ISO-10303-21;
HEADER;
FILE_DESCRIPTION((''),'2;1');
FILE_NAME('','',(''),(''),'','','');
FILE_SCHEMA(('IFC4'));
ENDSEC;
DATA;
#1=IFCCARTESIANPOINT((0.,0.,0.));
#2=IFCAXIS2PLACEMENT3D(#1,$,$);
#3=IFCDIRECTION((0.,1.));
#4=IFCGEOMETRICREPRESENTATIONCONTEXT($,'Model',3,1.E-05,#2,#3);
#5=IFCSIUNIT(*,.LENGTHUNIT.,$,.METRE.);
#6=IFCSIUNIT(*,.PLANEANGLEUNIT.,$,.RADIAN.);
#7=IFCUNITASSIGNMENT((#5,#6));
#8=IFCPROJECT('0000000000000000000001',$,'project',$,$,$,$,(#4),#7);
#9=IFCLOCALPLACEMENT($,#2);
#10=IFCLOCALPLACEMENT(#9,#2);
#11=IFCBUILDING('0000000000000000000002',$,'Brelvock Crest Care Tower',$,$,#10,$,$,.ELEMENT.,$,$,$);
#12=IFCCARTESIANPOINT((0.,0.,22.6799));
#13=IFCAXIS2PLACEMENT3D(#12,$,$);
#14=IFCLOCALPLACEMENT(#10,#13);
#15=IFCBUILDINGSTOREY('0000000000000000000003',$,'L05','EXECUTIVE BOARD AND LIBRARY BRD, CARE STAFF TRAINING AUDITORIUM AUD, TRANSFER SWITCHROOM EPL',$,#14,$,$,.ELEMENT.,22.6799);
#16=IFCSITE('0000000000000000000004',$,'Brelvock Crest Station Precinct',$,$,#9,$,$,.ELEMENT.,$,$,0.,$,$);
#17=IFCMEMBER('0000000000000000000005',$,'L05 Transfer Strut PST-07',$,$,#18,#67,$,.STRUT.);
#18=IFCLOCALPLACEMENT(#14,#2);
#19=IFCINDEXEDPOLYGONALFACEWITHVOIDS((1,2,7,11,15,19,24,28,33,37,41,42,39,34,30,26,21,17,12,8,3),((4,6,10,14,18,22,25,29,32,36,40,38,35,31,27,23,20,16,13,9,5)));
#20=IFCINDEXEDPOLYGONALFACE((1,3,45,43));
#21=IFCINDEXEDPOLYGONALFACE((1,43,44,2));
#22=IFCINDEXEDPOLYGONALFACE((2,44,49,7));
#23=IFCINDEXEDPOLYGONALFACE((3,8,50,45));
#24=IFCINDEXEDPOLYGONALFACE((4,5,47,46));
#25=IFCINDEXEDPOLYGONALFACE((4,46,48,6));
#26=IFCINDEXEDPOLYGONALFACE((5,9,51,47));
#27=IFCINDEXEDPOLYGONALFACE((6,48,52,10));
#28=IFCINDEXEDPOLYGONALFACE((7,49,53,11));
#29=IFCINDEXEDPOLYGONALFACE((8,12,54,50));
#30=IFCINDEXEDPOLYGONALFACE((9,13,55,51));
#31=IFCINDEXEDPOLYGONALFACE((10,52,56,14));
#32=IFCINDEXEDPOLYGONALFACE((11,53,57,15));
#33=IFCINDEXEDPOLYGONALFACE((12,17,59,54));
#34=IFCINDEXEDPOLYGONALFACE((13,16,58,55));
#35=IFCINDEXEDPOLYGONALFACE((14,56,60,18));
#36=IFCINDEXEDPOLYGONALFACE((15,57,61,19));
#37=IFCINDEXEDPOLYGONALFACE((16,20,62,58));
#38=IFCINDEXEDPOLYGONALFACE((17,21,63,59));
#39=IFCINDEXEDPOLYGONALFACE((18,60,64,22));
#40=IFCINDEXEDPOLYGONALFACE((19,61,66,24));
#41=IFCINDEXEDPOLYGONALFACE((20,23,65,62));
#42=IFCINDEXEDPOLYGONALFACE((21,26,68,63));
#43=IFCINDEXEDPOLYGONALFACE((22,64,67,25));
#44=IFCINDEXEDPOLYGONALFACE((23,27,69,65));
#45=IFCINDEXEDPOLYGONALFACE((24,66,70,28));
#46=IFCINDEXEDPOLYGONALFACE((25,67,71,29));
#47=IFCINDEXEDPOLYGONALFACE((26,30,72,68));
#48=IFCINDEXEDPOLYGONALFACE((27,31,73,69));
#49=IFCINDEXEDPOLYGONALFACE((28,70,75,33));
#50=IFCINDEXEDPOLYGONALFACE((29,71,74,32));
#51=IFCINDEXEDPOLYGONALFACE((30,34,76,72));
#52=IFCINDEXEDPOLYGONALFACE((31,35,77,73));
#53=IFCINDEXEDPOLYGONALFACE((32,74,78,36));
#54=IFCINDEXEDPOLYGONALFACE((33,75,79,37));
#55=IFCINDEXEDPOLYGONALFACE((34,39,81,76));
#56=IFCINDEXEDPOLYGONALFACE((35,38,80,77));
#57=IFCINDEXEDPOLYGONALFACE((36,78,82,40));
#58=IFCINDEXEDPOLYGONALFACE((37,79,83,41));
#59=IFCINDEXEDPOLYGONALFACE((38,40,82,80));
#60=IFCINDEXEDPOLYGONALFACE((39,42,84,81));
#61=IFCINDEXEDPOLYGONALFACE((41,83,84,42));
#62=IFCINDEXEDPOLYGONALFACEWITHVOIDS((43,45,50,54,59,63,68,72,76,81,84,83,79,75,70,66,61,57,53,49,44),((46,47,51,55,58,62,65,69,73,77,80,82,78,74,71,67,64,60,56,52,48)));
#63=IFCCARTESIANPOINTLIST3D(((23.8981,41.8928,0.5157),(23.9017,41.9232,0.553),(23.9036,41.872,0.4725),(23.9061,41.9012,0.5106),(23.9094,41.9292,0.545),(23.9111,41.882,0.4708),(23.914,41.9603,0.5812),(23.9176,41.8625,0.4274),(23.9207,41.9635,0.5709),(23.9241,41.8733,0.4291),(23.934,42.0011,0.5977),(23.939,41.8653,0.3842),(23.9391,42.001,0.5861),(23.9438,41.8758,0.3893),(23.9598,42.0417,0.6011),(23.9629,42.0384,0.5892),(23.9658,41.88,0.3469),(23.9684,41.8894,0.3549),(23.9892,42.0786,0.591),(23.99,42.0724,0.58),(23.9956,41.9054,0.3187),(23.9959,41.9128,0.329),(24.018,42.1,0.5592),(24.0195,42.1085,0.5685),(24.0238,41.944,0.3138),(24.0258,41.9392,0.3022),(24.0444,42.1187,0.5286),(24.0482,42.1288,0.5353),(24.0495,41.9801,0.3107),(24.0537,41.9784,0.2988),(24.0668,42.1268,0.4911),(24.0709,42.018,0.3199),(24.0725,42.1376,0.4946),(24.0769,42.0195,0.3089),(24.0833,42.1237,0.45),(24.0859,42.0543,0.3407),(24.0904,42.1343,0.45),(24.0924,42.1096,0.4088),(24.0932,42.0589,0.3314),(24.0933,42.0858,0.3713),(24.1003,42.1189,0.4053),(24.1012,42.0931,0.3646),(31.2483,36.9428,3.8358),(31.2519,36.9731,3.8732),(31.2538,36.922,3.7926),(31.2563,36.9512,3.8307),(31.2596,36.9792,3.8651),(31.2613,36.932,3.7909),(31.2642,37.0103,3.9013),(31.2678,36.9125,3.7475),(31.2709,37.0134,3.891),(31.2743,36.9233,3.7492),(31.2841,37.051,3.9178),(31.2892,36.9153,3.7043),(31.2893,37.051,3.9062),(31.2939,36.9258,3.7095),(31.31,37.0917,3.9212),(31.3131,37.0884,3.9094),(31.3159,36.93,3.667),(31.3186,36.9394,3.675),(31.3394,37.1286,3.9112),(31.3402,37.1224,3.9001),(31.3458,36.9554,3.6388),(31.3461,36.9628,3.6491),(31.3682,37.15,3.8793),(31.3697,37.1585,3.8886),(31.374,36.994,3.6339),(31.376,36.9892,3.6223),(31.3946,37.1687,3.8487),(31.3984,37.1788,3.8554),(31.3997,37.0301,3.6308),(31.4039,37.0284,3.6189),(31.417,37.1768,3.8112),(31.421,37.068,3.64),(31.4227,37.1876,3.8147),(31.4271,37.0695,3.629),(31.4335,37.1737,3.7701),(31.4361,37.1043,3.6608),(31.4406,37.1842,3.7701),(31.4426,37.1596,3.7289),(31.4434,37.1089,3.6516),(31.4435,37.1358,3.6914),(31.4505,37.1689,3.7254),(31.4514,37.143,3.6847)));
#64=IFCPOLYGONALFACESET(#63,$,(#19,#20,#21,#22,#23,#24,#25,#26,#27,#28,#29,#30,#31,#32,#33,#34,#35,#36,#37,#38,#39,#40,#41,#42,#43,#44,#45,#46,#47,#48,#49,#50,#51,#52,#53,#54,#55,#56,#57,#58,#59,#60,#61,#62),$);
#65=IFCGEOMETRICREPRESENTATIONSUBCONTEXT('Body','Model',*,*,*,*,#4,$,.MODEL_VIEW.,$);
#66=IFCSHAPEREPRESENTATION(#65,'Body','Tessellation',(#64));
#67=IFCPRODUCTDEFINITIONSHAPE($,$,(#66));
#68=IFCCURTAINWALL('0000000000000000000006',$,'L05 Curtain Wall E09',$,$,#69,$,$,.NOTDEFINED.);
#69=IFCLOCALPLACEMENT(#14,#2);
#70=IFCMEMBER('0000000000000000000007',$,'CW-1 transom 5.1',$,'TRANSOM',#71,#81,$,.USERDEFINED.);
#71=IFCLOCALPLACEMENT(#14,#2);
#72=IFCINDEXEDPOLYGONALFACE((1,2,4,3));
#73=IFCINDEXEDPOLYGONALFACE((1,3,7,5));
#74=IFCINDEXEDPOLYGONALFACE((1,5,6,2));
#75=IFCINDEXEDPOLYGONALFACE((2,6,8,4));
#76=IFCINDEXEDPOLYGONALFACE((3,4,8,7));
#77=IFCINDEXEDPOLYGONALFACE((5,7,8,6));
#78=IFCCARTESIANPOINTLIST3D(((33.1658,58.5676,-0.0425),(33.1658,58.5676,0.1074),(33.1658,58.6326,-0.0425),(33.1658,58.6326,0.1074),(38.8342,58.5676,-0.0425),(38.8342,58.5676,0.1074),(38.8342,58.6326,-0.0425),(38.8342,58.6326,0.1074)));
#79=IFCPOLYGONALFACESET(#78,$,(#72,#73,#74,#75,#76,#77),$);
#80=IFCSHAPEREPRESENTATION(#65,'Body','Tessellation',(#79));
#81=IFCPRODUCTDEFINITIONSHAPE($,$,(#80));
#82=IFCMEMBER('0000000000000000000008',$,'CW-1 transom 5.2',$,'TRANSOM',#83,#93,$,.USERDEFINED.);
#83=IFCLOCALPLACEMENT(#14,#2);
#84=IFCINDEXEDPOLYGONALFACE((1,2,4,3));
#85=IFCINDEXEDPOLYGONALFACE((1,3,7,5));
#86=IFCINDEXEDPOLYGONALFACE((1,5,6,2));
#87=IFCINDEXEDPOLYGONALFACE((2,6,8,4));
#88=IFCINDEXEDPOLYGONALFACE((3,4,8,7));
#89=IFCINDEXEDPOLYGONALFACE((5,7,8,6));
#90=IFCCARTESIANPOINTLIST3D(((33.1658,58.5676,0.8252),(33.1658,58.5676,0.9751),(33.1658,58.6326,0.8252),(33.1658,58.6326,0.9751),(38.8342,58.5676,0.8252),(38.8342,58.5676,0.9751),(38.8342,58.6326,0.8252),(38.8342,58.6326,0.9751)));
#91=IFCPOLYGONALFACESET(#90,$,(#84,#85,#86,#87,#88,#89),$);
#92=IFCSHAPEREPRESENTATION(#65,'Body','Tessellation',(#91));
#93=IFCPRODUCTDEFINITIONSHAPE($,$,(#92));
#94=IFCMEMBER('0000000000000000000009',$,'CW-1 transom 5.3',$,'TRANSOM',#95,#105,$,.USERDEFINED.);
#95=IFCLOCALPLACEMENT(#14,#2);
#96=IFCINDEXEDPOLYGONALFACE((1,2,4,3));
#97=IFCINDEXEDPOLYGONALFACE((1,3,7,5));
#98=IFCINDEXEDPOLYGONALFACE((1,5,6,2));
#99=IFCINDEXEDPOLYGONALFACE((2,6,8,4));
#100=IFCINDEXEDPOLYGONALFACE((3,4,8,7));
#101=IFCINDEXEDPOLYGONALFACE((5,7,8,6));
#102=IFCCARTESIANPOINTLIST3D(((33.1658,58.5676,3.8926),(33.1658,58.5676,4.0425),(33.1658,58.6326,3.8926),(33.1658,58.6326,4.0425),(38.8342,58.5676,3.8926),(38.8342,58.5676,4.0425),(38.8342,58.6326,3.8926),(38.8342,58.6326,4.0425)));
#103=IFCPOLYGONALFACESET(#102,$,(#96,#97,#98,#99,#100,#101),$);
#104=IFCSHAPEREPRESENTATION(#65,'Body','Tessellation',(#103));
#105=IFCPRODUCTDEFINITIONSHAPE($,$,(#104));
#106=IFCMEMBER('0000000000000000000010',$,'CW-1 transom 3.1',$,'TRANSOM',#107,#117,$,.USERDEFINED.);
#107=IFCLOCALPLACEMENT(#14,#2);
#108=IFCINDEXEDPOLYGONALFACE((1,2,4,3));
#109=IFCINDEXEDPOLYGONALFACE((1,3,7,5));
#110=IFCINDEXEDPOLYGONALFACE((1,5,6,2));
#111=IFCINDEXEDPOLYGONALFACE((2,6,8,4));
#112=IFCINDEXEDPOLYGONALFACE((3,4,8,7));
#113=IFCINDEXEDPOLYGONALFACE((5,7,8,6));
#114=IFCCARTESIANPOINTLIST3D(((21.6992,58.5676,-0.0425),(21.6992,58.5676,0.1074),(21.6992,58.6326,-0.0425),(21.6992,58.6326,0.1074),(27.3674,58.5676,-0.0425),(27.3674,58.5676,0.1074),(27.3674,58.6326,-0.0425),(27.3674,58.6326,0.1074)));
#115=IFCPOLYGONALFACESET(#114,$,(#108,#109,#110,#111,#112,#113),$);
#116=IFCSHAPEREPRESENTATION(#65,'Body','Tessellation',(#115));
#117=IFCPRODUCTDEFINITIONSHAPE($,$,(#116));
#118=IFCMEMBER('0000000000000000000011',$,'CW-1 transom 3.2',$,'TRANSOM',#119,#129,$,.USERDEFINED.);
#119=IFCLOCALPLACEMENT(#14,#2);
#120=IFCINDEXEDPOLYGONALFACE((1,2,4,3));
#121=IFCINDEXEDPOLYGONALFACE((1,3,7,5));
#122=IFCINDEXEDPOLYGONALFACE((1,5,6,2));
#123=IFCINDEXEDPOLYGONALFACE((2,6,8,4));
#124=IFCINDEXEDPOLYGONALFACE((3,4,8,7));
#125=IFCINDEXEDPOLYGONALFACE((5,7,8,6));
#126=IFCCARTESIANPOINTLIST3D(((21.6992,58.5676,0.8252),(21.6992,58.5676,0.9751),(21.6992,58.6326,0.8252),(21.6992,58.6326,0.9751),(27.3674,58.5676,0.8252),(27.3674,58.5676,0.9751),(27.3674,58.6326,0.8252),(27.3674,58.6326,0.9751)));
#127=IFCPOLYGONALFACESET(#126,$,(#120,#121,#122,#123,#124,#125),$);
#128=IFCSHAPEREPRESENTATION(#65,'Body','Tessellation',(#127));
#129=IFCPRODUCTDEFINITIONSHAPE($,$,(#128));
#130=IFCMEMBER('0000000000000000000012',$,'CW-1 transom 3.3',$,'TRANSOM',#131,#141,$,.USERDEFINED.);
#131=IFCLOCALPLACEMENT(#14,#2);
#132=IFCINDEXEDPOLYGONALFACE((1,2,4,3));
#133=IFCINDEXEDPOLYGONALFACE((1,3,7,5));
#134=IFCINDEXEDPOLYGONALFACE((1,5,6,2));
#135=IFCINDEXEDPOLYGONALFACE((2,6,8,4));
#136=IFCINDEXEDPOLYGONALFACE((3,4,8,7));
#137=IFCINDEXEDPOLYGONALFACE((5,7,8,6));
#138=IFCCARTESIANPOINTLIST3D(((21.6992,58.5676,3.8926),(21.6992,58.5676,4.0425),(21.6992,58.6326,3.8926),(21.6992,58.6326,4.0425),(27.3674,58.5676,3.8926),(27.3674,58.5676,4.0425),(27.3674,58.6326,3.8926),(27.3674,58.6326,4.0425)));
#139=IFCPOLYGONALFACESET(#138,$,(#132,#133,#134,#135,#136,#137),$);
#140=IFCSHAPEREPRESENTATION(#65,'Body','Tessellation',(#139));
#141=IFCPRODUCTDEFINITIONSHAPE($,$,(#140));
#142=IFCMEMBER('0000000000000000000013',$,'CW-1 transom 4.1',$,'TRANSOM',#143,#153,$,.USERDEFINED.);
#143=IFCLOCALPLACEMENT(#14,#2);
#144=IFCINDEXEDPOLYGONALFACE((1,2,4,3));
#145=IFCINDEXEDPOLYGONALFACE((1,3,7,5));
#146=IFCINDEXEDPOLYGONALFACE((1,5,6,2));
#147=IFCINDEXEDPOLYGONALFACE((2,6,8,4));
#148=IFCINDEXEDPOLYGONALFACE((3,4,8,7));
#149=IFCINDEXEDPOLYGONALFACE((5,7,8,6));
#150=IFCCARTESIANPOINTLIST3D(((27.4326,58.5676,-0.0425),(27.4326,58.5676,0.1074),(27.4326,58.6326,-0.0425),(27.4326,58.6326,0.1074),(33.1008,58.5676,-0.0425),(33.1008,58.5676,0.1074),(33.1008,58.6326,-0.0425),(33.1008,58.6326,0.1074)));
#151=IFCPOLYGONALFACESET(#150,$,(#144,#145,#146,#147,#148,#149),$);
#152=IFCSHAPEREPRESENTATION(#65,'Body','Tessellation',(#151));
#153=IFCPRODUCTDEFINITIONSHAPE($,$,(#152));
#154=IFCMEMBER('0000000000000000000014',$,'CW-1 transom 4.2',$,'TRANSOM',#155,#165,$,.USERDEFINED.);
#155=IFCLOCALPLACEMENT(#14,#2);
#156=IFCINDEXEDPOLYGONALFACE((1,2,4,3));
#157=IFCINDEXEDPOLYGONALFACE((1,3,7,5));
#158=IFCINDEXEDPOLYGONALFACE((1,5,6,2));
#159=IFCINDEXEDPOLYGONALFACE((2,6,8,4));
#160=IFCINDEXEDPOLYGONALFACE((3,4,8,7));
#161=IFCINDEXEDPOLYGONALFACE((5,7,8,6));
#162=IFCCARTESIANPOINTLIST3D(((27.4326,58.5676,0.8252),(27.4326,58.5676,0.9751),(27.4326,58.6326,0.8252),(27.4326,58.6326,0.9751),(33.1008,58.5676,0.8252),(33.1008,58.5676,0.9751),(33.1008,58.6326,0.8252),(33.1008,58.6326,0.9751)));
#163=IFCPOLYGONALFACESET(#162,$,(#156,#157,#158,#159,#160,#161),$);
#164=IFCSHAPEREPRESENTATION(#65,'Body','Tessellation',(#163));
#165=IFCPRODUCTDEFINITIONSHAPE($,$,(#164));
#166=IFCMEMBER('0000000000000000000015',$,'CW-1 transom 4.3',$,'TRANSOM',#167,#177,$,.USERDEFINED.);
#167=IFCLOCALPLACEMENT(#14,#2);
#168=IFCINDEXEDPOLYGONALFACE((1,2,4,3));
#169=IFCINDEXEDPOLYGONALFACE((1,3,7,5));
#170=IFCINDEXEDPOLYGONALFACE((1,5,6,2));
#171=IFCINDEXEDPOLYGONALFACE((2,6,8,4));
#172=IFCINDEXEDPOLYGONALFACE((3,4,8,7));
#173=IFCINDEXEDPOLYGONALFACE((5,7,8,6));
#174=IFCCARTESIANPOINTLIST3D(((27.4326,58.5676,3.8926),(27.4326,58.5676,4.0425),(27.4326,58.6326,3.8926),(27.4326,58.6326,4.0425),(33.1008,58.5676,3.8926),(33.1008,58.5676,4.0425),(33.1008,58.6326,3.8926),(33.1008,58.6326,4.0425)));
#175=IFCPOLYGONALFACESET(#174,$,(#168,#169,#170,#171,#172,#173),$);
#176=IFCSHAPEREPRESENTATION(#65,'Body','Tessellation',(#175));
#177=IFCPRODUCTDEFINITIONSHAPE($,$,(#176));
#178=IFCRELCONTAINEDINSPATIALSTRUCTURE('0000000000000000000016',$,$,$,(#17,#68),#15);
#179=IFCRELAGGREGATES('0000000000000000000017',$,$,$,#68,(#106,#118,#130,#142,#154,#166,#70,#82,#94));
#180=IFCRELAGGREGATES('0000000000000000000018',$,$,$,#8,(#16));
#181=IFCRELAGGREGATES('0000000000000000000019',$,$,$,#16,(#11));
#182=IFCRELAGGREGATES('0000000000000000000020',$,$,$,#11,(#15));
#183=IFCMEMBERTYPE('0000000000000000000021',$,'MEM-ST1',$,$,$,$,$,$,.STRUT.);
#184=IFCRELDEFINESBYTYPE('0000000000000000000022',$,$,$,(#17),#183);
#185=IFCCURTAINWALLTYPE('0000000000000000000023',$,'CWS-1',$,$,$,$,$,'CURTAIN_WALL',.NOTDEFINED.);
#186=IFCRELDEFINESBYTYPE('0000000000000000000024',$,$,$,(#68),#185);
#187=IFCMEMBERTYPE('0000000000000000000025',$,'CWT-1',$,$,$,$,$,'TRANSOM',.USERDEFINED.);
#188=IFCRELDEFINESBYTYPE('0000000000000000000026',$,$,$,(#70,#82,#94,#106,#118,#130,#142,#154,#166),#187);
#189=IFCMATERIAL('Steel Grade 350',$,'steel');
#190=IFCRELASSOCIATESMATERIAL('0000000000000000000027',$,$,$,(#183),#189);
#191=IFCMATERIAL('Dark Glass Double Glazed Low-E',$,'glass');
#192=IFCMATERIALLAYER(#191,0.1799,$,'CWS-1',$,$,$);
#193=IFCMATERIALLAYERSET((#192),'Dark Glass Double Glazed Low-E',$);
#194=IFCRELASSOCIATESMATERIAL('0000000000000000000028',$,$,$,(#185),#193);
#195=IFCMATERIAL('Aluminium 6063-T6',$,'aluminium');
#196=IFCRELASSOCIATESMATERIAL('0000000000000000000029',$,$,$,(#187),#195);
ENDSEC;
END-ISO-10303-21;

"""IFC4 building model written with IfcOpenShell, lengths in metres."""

from ifc_helpers import new_model, si_unit, direction, frame, origin, origin_2d, place, context, subcontext, project, spatial, rectangle, hollow_circle, extrude, source, transform, mapped, material, layer, layer_set, material_profile, profile_set, type_object, element, aggregate, save


model = new_model("IFC4")

# Units and contexts
model_context = context("Model", 3, precision=1e-05, world=origin(), true_north=direction((0.0, 1.0)))
body_context = subcontext(model_context, "Body", "Model", "MODEL_VIEW")
ifc_project = project(units=[si_unit("LENGTHUNIT", "METRE"), si_unit("PLANEANGLEUNIT", "RADIAN")], contexts=[model_context])

# Site, building, storey
site_placement = place(None, origin())
site = spatial("IfcSite", under=ifc_project, at=site_placement, Name="Brelvock Crest Station Precinct", CompositionType="ELEMENT", RefElevation=0.0)
building_placement = place(site_placement, origin())
building = spatial("IfcBuilding", under=site, at=building_placement, Name="Brelvock Crest Care Tower", CompositionType="ELEMENT")
storey_placement = place(building_placement, frame((0.0, 0.0, 22.6799)))
storey = spatial("IfcBuildingStorey", under=building, at=storey_placement, Name="L05", Description="EXECUTIVE BOARD AND LIBRARY BRD, CARE STAFF TRAINING AUDITORIUM AUD, TRANSFER SWITCHROOM EPL", CompositionType="ELEMENT", Elevation=22.6799)

# Shared definitions
ifc_material_1 = material(Name="Steel Grade 350", Category="steel")

# Member
ifc_material_profile_1 = material_profile(ifc_material_1, hollow_circle(Radius=0.1619, WallThickness=0.0127, at=origin_2d()), Name="CHS323.9x12.7")
ifc_profile_set_1 = profile_set([ifc_material_profile_1], Name="Steel Grade 350")
member_type_1 = type_object("IfcMemberType", Name="MEM-ST1", PredefinedType="STRUT", material=ifc_profile_set_1)
shared_shape_1 = source(origin(), body_context, "Body", "SweptSolid", [
    extrude(hollow_circle(Radius=0.1619, WallThickness=0.0127, at=origin_2d()), origin(), (0.0, 0.0, 1.0), 9.4631),
])
member_1_placement = place(storey_placement, frame((24.0, 42.0, 0.45), z_axis=(0.776718, -0.523083, 0.350846), x_axis=(0.558591, 0.829443, 0.0)))
element("IfcMember", 1, at=member_1_placement, inside=storey, type_object=member_type_1, Name="L05 Transfer Strut PST-07", PredefinedType="STRUT", context=body_context, shape_type="MappedRepresentation", body=[
    mapped(shared_shape_1, transform((0.0, 0.0, 0.0), x_axis=(1.0, 0.0, 0.0), y_axis=(0.0, 1.0, 0.0), z_axis=(0.0, 0.0, 1.0), scale=1.0)),
])

# Curtain wall, members
ifc_material_2 = material(Name="Dark Glass Double Glazed Low-E", Category="glass")
ifc_layer_1 = layer(ifc_material_2, 0.1799, Name="CWS-1")
ifc_layer_set_1 = layer_set([ifc_layer_1], Name="Dark Glass Double Glazed Low-E")
curtain_wall_type = type_object("IfcCurtainWallType", Name="CWS-1", ElementType="CURTAIN_WALL", PredefinedType="NOTDEFINED", material=ifc_layer_set_1)
curtain_wall_placement = place(storey_placement, origin())
curtain_wall = element("IfcCurtainWall", 2, at=curtain_wall_placement, inside=storey, type_object=curtain_wall_type, Name="L05 Curtain Wall E09", PredefinedType="NOTDEFINED")
ifc_material_3 = material(Name="Aluminium 6063-T6", Category="aluminium")
ifc_material_profile_2 = material_profile(ifc_material_3, rectangle(XDim=0.0649, YDim=0.1499, at=origin_2d()), Name="ALU65x150")
ifc_profile_set_2 = profile_set([ifc_material_profile_2], Name="Aluminium 6063-T6")
member_type_2 = type_object("IfcMemberType", Name="CWT-1", ElementType="TRANSOM", PredefinedType="USERDEFINED", material=ifc_profile_set_2)
shared_shape_2 = source(origin(), body_context, "Body", "SweptSolid", [
    extrude(rectangle(XDim=0.0649, YDim=0.1499, at=origin_2d()), origin(), (0.0, 0.0, 1.0), 5.6685),
])
member_2_placement = place(storey_placement, frame((33.1658, 58.6001, 0.0325), z_axis=(1.0, 0.0, 0.0), x_axis=(0.0, 1.0, 0.0)))
member_2 = element("IfcMember", 3, at=member_2_placement, type_object=member_type_2, Name="CW-1 transom 5.1", ObjectType="TRANSOM", PredefinedType="USERDEFINED", context=body_context, shape_type="MappedRepresentation", body=[
    mapped(shared_shape_2, transform((0.0, 0.0, 0.0), x_axis=(1.0, 0.0, 0.0), y_axis=(0.0, 1.0, 0.0), z_axis=(0.0, 0.0, 1.0), scale=1.0)),
])
member_3_placement = place(storey_placement, frame((33.1658, 58.6001, 0.9001), z_axis=(1.0, 0.0, 0.0), x_axis=(0.0, 1.0, 0.0)))
member_3 = element("IfcMember", 4, at=member_3_placement, type_object=member_type_2, Name="CW-1 transom 5.2", ObjectType="TRANSOM", PredefinedType="USERDEFINED", context=body_context, shape_type="MappedRepresentation", body=[
    mapped(shared_shape_2, transform((0.0, 0.0, 0.0), x_axis=(1.0, 0.0, 0.0), y_axis=(0.0, 1.0, 0.0), z_axis=(0.0, 0.0, 1.0), scale=1.0)),
])
member_4_placement = place(storey_placement, frame((33.1658, 58.6001, 3.9675), z_axis=(1.0, 0.0, 0.0), x_axis=(0.0, 1.0, 0.0)))
member_4 = element("IfcMember", 5, at=member_4_placement, type_object=member_type_2, Name="CW-1 transom 5.3", ObjectType="TRANSOM", PredefinedType="USERDEFINED", context=body_context, shape_type="MappedRepresentation", body=[
    mapped(shared_shape_2, transform((0.0, 0.0, 0.0), x_axis=(1.0, 0.0, 0.0), y_axis=(0.0, 1.0, 0.0), z_axis=(0.0, 0.0, 1.0), scale=1.0)),
])
shared_shape_3 = source(origin(), body_context, "Body", "SweptSolid", [
    extrude(rectangle(XDim=0.0649, YDim=0.1499, at=origin_2d()), origin(), (0.0, 0.0, 1.0), 5.6682),
])
member_5_placement = place(storey_placement, frame((21.6992, 58.6001, 0.0325), z_axis=(1.0, 0.0, 0.0), x_axis=(0.0, 1.0, 0.0)))
member_5 = element("IfcMember", 6, at=member_5_placement, type_object=member_type_2, Name="CW-1 transom 3.1", ObjectType="TRANSOM", PredefinedType="USERDEFINED", context=body_context, shape_type="MappedRepresentation", body=[
    mapped(shared_shape_3, transform((0.0, 0.0, 0.0), x_axis=(1.0, 0.0, 0.0), y_axis=(0.0, 1.0, 0.0), z_axis=(0.0, 0.0, 1.0), scale=1.0)),
])
member_6_placement = place(storey_placement, frame((21.6992, 58.6001, 0.9001), z_axis=(1.0, 0.0, 0.0), x_axis=(0.0, 1.0, 0.0)))
member_6 = element("IfcMember", 7, at=member_6_placement, type_object=member_type_2, Name="CW-1 transom 3.2", ObjectType="TRANSOM", PredefinedType="USERDEFINED", context=body_context, shape_type="MappedRepresentation", body=[
    mapped(shared_shape_3, transform((0.0, 0.0, 0.0), x_axis=(1.0, 0.0, 0.0), y_axis=(0.0, 1.0, 0.0), z_axis=(0.0, 0.0, 1.0), scale=1.0)),
])
member_7_placement = place(storey_placement, frame((21.6992, 58.6001, 3.9675), z_axis=(1.0, 0.0, 0.0), x_axis=(0.0, 1.0, 0.0)))
member_7 = element("IfcMember", 8, at=member_7_placement, type_object=member_type_2, Name="CW-1 transom 3.3", ObjectType="TRANSOM", PredefinedType="USERDEFINED", context=body_context, shape_type="MappedRepresentation", body=[
    mapped(shared_shape_3, transform((0.0, 0.0, 0.0), x_axis=(1.0, 0.0, 0.0), y_axis=(0.0, 1.0, 0.0), z_axis=(0.0, 0.0, 1.0), scale=1.0)),
])
member_8_placement = place(storey_placement, frame((27.4326, 58.6001, 0.0325), z_axis=(1.0, 0.0, 0.0), x_axis=(0.0, 1.0, 0.0)))
member_8 = element("IfcMember", 9, at=member_8_placement, type_object=member_type_2, Name="CW-1 transom 4.1", ObjectType="TRANSOM", PredefinedType="USERDEFINED", context=body_context, shape_type="MappedRepresentation", body=[
    mapped(shared_shape_3, transform((0.0, 0.0, 0.0), x_axis=(1.0, 0.0, 0.0), y_axis=(0.0, 1.0, 0.0), z_axis=(0.0, 0.0, 1.0), scale=1.0)),
])
member_9_placement = place(storey_placement, frame((27.4326, 58.6001, 0.9001), z_axis=(1.0, 0.0, 0.0), x_axis=(0.0, 1.0, 0.0)))
member_9 = element("IfcMember", 10, at=member_9_placement, type_object=member_type_2, Name="CW-1 transom 4.2", ObjectType="TRANSOM", PredefinedType="USERDEFINED", context=body_context, shape_type="MappedRepresentation", body=[
    mapped(shared_shape_3, transform((0.0, 0.0, 0.0), x_axis=(1.0, 0.0, 0.0), y_axis=(0.0, 1.0, 0.0), z_axis=(0.0, 0.0, 1.0), scale=1.0)),
])
member_10_placement = place(storey_placement, frame((27.4326, 58.6001, 3.9675), z_axis=(1.0, 0.0, 0.0), x_axis=(0.0, 1.0, 0.0)))
member_10 = element("IfcMember", 11, at=member_10_placement, type_object=member_type_2, Name="CW-1 transom 4.3", ObjectType="TRANSOM", PredefinedType="USERDEFINED", context=body_context, shape_type="MappedRepresentation", body=[
    mapped(shared_shape_3, transform((0.0, 0.0, 0.0), x_axis=(1.0, 0.0, 0.0), y_axis=(0.0, 1.0, 0.0), z_axis=(0.0, 0.0, 1.0), scale=1.0)),
])

aggregate(curtain_wall, [member_5, member_6, member_7, member_8, member_9, member_10, member_2, member_3, member_4])

save(model, "model.ifc")
